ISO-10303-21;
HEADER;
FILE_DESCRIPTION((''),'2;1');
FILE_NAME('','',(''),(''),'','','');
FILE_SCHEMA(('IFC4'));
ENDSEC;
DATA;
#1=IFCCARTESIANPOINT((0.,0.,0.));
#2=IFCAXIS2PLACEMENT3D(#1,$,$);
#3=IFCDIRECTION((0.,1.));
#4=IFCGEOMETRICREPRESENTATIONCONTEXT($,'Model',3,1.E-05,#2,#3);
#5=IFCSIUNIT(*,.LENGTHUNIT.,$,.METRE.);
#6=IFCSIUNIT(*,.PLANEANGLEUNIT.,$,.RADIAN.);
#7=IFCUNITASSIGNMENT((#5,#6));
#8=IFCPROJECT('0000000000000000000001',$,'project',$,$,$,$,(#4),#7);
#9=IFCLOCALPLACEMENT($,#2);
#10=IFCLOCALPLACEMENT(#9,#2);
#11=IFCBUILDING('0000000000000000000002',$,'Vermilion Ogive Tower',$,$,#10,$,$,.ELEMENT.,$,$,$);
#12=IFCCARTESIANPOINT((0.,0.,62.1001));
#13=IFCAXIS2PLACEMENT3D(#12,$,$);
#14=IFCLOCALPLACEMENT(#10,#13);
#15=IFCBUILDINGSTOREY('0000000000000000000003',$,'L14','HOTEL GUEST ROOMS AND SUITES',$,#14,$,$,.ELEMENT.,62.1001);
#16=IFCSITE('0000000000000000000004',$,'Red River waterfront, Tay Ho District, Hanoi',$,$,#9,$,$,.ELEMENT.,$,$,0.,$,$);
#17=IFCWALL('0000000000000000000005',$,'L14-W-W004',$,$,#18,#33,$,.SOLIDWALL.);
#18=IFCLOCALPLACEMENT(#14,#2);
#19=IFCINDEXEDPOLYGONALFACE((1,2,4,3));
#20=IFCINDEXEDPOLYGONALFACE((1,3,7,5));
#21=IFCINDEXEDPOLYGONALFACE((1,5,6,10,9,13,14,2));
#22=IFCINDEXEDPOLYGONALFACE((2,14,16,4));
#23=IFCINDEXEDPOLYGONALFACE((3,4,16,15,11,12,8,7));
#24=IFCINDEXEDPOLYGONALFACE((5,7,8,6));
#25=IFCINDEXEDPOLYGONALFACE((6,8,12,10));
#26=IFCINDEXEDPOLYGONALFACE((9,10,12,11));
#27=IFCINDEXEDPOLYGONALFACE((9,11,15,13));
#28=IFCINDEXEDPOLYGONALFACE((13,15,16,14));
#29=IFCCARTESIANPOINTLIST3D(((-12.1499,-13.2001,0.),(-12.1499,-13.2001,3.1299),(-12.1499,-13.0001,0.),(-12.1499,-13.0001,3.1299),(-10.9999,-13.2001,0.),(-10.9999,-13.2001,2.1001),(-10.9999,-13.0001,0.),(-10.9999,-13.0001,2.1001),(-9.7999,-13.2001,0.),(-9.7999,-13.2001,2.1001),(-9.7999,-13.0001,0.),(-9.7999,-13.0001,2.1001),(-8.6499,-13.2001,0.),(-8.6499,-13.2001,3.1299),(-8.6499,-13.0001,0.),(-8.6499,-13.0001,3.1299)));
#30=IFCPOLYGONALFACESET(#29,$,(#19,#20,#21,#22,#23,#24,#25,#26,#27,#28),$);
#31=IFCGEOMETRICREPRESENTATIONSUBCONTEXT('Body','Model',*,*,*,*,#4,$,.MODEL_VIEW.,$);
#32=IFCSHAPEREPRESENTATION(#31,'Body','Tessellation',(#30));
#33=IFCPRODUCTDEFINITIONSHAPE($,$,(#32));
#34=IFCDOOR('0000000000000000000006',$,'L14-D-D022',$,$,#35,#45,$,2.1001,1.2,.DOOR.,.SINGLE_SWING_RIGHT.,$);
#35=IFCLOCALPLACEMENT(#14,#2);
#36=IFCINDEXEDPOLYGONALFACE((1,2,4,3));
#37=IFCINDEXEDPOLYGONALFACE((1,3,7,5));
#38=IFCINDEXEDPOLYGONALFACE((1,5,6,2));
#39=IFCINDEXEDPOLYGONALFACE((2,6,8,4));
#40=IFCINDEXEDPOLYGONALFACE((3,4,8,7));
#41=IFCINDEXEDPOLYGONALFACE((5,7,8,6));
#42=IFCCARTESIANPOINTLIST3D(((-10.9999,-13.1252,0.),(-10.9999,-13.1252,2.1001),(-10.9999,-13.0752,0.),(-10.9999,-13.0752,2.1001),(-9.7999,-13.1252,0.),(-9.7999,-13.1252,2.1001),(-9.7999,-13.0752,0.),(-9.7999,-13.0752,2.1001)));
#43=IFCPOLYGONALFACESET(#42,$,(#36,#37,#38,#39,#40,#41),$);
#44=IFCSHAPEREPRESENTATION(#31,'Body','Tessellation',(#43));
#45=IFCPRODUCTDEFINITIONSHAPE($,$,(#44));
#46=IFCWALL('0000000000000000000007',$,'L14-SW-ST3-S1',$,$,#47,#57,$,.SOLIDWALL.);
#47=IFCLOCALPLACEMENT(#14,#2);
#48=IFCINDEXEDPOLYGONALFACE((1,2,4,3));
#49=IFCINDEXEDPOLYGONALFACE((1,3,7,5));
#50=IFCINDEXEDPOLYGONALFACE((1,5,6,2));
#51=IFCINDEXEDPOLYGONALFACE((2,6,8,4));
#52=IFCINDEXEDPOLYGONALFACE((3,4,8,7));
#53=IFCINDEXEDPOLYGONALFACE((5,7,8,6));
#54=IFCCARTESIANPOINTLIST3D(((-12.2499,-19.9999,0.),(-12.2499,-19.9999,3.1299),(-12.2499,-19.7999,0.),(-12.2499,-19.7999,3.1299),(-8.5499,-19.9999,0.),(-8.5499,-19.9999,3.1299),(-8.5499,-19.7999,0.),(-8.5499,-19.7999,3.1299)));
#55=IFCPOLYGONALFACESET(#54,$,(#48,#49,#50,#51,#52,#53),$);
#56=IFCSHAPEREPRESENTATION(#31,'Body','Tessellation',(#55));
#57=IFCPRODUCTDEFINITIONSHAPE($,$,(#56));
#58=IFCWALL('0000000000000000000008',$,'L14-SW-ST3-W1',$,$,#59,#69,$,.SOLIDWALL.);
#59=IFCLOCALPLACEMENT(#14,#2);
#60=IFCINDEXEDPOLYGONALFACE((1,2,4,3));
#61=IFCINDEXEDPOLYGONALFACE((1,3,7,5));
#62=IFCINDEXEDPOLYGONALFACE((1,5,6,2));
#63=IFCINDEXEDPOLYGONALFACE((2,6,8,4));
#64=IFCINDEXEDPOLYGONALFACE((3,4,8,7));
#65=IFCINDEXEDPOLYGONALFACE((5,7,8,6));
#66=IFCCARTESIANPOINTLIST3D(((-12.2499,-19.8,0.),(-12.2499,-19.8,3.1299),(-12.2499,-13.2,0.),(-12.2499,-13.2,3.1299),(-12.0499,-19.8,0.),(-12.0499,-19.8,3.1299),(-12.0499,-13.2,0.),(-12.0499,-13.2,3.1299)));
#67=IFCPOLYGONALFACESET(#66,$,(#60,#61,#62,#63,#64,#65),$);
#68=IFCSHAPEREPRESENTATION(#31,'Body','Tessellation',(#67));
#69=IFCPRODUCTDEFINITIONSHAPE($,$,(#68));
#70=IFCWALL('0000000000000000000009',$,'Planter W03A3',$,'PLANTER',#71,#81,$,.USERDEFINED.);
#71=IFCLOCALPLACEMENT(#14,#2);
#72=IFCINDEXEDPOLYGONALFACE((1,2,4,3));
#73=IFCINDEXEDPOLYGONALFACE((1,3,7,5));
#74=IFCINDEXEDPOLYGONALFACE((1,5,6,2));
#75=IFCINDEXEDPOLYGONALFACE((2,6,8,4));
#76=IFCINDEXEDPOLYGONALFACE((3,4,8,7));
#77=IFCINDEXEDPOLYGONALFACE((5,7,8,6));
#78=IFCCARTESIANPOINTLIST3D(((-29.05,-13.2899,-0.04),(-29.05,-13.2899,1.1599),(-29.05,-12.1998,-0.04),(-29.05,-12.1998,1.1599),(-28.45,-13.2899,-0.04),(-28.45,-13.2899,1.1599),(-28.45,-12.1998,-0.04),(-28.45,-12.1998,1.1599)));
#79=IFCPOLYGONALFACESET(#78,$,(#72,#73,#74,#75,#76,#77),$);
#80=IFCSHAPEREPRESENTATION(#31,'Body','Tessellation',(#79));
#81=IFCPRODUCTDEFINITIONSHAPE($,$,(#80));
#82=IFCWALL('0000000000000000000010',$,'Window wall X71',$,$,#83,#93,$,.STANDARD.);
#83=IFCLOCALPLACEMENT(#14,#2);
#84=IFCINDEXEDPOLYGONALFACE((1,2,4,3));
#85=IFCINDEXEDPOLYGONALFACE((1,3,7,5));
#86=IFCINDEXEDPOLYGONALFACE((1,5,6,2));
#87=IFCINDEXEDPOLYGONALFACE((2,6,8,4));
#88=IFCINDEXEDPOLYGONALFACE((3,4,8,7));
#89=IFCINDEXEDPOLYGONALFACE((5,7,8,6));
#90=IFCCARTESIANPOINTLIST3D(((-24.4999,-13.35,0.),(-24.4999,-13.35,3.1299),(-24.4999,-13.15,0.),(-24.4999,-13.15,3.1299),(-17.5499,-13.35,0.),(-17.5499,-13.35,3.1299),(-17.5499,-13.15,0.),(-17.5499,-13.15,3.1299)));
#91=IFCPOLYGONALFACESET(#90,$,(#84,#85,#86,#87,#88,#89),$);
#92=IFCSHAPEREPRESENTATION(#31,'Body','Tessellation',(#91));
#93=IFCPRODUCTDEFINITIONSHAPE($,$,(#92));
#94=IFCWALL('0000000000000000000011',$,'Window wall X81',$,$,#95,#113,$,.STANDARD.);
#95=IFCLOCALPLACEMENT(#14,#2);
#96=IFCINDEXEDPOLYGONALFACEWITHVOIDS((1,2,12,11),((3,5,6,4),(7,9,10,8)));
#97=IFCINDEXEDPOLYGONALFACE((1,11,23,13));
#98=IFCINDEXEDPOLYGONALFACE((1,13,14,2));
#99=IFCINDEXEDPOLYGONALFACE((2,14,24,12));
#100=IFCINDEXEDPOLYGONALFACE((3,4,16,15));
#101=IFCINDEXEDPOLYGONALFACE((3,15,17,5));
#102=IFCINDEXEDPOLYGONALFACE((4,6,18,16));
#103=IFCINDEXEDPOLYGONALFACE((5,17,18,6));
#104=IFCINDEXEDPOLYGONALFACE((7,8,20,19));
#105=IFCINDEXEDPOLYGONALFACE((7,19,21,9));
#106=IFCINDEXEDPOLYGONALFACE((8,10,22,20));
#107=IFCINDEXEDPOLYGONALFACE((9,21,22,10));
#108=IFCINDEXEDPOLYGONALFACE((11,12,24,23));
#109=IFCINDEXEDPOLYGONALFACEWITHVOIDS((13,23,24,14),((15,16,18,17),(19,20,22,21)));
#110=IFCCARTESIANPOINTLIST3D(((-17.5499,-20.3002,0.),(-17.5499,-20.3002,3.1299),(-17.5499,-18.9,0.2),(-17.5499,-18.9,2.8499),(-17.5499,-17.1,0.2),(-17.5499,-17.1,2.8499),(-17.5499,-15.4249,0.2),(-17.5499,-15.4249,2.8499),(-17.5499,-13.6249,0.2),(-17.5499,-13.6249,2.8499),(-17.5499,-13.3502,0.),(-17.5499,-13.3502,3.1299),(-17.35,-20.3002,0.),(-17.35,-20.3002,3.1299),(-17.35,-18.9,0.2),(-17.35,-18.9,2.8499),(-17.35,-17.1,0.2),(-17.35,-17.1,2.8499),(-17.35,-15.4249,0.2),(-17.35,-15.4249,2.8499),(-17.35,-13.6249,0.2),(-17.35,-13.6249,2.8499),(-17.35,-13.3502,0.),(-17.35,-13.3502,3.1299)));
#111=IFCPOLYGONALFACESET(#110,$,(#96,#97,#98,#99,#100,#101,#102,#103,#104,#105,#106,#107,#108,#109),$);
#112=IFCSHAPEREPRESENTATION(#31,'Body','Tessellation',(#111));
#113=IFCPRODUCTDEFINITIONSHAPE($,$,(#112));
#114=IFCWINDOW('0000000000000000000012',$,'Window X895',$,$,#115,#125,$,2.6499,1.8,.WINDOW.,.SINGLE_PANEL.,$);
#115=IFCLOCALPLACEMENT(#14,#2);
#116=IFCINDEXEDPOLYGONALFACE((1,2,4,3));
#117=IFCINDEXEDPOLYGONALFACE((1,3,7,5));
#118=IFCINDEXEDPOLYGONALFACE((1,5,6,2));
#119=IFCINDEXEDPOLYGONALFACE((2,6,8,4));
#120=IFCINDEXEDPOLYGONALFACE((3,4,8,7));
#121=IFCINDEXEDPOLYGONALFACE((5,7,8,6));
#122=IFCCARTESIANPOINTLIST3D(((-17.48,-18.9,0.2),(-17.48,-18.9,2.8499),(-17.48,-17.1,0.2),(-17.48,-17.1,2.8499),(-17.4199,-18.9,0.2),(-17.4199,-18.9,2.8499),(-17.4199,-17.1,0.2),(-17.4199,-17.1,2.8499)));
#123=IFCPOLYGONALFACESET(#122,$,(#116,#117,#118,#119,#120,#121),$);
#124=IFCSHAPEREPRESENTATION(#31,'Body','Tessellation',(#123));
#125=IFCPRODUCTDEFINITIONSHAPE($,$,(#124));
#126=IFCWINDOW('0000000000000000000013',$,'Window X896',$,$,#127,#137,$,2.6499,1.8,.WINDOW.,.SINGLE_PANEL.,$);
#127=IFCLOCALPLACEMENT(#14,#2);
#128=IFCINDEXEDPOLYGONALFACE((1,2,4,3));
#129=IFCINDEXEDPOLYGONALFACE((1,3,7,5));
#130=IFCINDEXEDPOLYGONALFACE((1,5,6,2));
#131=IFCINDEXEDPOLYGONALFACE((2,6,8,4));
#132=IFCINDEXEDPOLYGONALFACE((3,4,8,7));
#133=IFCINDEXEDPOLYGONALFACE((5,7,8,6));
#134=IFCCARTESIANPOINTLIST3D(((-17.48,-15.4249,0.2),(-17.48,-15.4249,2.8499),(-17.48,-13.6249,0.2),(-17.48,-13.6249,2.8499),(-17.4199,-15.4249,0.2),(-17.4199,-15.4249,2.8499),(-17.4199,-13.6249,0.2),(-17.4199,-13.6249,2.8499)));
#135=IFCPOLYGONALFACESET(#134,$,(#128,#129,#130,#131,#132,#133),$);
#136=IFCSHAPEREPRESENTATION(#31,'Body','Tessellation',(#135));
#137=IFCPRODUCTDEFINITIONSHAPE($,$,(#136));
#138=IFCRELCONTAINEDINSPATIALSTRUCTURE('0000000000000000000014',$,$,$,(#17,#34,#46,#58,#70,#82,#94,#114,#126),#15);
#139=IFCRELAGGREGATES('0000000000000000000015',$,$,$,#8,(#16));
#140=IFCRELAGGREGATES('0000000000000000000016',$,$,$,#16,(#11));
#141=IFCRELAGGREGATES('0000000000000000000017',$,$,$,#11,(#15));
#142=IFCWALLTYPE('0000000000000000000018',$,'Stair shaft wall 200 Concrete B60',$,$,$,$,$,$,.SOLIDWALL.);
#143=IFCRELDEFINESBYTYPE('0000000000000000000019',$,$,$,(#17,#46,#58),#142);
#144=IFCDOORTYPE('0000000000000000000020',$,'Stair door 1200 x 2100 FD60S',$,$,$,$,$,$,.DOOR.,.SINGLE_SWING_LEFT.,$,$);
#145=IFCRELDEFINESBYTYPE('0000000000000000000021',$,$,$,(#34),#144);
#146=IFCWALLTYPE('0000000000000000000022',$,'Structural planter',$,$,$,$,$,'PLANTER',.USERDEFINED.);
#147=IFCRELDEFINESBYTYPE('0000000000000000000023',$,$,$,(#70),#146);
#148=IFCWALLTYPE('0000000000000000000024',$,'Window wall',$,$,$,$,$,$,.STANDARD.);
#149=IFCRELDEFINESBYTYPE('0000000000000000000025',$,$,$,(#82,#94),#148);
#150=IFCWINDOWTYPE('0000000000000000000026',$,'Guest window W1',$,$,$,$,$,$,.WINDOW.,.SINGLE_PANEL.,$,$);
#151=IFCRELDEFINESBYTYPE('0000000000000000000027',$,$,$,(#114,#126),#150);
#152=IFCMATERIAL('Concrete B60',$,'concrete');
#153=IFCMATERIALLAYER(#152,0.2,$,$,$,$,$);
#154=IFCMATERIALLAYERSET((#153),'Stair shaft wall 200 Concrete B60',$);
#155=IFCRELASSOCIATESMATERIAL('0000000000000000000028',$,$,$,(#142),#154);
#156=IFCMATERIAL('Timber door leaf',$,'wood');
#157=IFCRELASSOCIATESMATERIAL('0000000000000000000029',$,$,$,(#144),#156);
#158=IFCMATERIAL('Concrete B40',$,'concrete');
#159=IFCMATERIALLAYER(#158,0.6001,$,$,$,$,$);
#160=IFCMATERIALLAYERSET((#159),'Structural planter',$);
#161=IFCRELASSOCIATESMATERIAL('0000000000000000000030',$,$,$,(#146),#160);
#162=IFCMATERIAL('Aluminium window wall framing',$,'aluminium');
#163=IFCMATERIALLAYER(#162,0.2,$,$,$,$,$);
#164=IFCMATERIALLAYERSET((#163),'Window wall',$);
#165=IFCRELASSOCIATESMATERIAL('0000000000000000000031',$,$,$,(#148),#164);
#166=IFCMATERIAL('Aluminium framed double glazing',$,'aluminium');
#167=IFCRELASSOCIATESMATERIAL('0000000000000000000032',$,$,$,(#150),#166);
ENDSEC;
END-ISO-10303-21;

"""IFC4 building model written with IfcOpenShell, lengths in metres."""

from ifc_helpers import new_model, si_unit, direction, frame, frame_2d, origin, place, context, subcontext, project, spatial, rectangle, extrude, material, layer, layer_set, type_object, element, fill, save


model = new_model("IFC4")

# Units and contexts
model_context = context("Model", 3, precision=1e-05, world=origin(), true_north=direction((0.0, 1.0)))
body_context = subcontext(model_context, "Body", "Model", "MODEL_VIEW")
ifc_project = project(units=[si_unit("LENGTHUNIT", "METRE"), si_unit("PLANEANGLEUNIT", "RADIAN")], contexts=[model_context])

# Site, building, storey
site_placement = place(None, origin())
site = spatial("IfcSite", under=ifc_project, at=site_placement, Name="Red River waterfront, Tay Ho District, Hanoi", CompositionType="ELEMENT", RefElevation=0.0)
building_placement = place(site_placement, origin())
building = spatial("IfcBuilding", under=site, at=building_placement, Name="Vermilion Ogive Tower", CompositionType="ELEMENT")
storey_placement = place(building_placement, frame((0.0, 0.0, 62.1001)))
storey = spatial("IfcBuildingStorey", under=building, at=storey_placement, Name="L14", Description="HOTEL GUEST ROOMS AND SUITES", CompositionType="ELEMENT", Elevation=62.1001)

# Wall, opening, door
ifc_material_1 = material(Name="Concrete B60", Category="concrete")
ifc_layer_1 = layer(ifc_material_1, 0.2)
ifc_layer_set_1 = layer_set([ifc_layer_1], Name="Stair shaft wall 200 Concrete B60")
wall_type_1 = type_object("IfcWallType", Name="Stair shaft wall 200 Concrete B60", PredefinedType="SOLIDWALL", material=ifc_layer_set_1)
wall_1_placement = place(storey_placement, frame((-12.1499, -13.1001, 0.0), z_axis=(0.0, 0.0, 1.0), x_axis=(1.0, 0.0, 0.0)))
wall_1 = element("IfcWall", 1, at=wall_1_placement, inside=storey, type_object=wall_type_1, Name="L14-W-W004", PredefinedType="SOLIDWALL", context=body_context, shape_type="SweptSolid", body=[
    extrude(rectangle(XDim=3.5, YDim=0.2, at=frame_2d((1.75, 0.0))), origin(), (0.0, 0.0, 1.0), 3.1299),
])
opening_1_placement = place(wall_1_placement, frame((1.1499, 0.0, 0.0)))
opening_1 = element("IfcOpeningElement", 2, at=opening_1_placement, cuts=wall_1, PredefinedType="OPENING", context=body_context, shape_type="SweptSolid", body=[
    extrude(rectangle(XDim=1.2, YDim=2.1001, at=frame_2d((0.6001, 1.05))), frame((0.0, 0.1099, 0.0), z_axis=(0.0, -1.0, 0.0), x_axis=(1.0, 0.0, 0.0)), (0.0, 0.0, 1.0), 0.22),
])
ifc_material_2 = material(Name="Timber door leaf", Category="wood")
door_type_1 = type_object("IfcDoorType", Name="Stair door 1200 x 2100 FD60S", OperationType="SINGLE_SWING_LEFT", PredefinedType="DOOR", material=ifc_material_2)
door_1_placement = place(opening_1_placement, origin())
door_1 = element("IfcDoor", 3, at=door_1_placement, inside=storey, type_object=door_type_1, Name="L14-D-D022", OperationType="SINGLE_SWING_RIGHT", OverallHeight=2.1001, OverallWidth=1.2, PredefinedType="DOOR", context=body_context, shape_type="SweptSolid", body=[
    extrude(rectangle(XDim=1.2, YDim=2.1001, at=frame_2d((0.6001, 1.05))), frame((0.0, 0.0249, 0.0), z_axis=(0.0, -1.0, 0.0), x_axis=(1.0, 0.0, 0.0)), (0.0, 0.0, 1.0), 0.05),
])
fill(opening_1, door_1)

# Walls
wall_2_placement = place(storey_placement, frame((-12.25, -19.8999, 0.0), z_axis=(0.0, 0.0, 1.0), x_axis=(1.0, 0.0, 0.0)))
element("IfcWall", 4, at=wall_2_placement, inside=storey, type_object=wall_type_1, Name="L14-SW-ST3-S1", PredefinedType="SOLIDWALL", context=body_context, shape_type="SweptSolid", body=[
    extrude(rectangle(XDim=3.7, YDim=0.2, at=frame_2d((1.8501, 0.0))), origin(), (0.0, 0.0, 1.0), 3.1299),
])
wall_3_placement = place(storey_placement, frame((-12.1499, -19.8, 0.0), z_axis=(0.0, 0.0, 1.0), x_axis=(0.0, 1.0, 0.0)))
element("IfcWall", 5, at=wall_3_placement, inside=storey, type_object=wall_type_1, Name="L14-SW-ST3-W1", PredefinedType="SOLIDWALL", context=body_context, shape_type="SweptSolid", body=[
    extrude(rectangle(XDim=6.6001, YDim=0.2, at=frame_2d((3.3, 0.0))), origin(), (0.0, 0.0, 1.0), 3.1299),
])
ifc_material_3 = material(Name="Concrete B40", Category="concrete")
ifc_layer_2 = layer(ifc_material_3, 0.6001)
ifc_layer_set_2 = layer_set([ifc_layer_2], Name="Structural planter")
wall_type_2 = type_object("IfcWallType", Name="Structural planter", ElementType="PLANTER", PredefinedType="USERDEFINED", material=ifc_layer_set_2)
wall_4_placement = place(storey_placement, frame((-28.75, -12.2, -0.04), z_axis=(0.0, 0.0, 1.0), x_axis=(0.0, -1.0, 0.0)))
element("IfcWall", 6, at=wall_4_placement, inside=storey, type_object=wall_type_2, Name="Planter W03A3", ObjectType="PLANTER", PredefinedType="USERDEFINED", context=body_context, shape_type="SweptSolid", body=[
    extrude(rectangle(XDim=1.0901, YDim=0.6001, at=frame_2d((0.5449, 0.0))), origin(), (0.0, 0.0, 1.0), 1.2),
])
ifc_material_4 = material(Name="Aluminium window wall framing", Category="aluminium")
ifc_layer_3 = layer(ifc_material_4, 0.2)
ifc_layer_set_3 = layer_set([ifc_layer_3], Name="Window wall")
wall_type_3 = type_object("IfcWallType", Name="Window wall", PredefinedType="STANDARD", material=ifc_layer_set_3)
wall_5_placement = place(storey_placement, frame((-24.5, -13.25, 0.0), z_axis=(0.0, 0.0, 1.0), x_axis=(1.0, 0.0, 0.0)))
element("IfcWall", 7, at=wall_5_placement, inside=storey, type_object=wall_type_3, Name="Window wall X71", PredefinedType="STANDARD", context=body_context, shape_type="SweptSolid", body=[
    extrude(rectangle(XDim=6.95, YDim=0.2, at=frame_2d((3.4751, 0.0))), origin(), (0.0, 0.0, 1.0), 3.1299),
])

# Wall, openings, windows
wall_6_placement = place(storey_placement, frame((-17.45, -13.3501, 0.0), z_axis=(0.0, 0.0, 1.0), x_axis=(0.0, -1.0, 0.0)))
wall_6 = element("IfcWall", 8, at=wall_6_placement, inside=storey, type_object=wall_type_3, Name="Window wall X81", PredefinedType="STANDARD", context=body_context, shape_type="SweptSolid", body=[
    extrude(rectangle(XDim=6.95, YDim=0.2, at=frame_2d((3.4751, 0.0))), origin(), (0.0, 0.0, 1.0), 3.1299),
])
opening_2_placement = place(wall_6_placement, frame((3.75, 0.0, 0.2)))
opening_2 = element("IfcOpeningElement", 9, at=opening_2_placement, cuts=wall_6, PredefinedType="OPENING", context=body_context, shape_type="SweptSolid", body=[
    extrude(rectangle(XDim=1.8, YDim=2.6499, at=frame_2d((0.8999, 1.325))), frame((0.0, 0.1099, 0.0), z_axis=(0.0, -1.0, 0.0), x_axis=(1.0, 0.0, 0.0)), (0.0, 0.0, 1.0), 0.22),
])
opening_3_placement = place(wall_6_placement, frame((0.2749, 0.0, 0.2)))
opening_3 = element("IfcOpeningElement", 10, at=opening_3_placement, cuts=wall_6, PredefinedType="OPENING", context=body_context, shape_type="SweptSolid", body=[
    extrude(rectangle(XDim=1.8, YDim=2.6499, at=frame_2d((0.8999, 1.325))), frame((0.0, 0.1099, 0.0), z_axis=(0.0, -1.0, 0.0), x_axis=(1.0, 0.0, 0.0)), (0.0, 0.0, 1.0), 0.22),
])
ifc_material_5 = material(Name="Aluminium framed double glazing", Category="aluminium")
window_type = type_object("IfcWindowType", Name="Guest window W1", PartitioningType="SINGLE_PANEL", PredefinedType="WINDOW", material=ifc_material_5)
window_1_placement = place(opening_2_placement, origin())
window_1 = element("IfcWindow", 11, at=window_1_placement, inside=storey, type_object=window_type, Name="Window X895", OverallHeight=2.6499, OverallWidth=1.8, PartitioningType="SINGLE_PANEL", PredefinedType="WINDOW", context=body_context, shape_type="SweptSolid", body=[
    extrude(rectangle(XDim=1.8, YDim=2.6499, at=frame_2d((0.8999, 1.325))), frame((0.0, 0.03, 0.0), z_axis=(0.0, -1.0, 0.0), x_axis=(1.0, 0.0, 0.0)), (0.0, 0.0, 1.0), 0.0601),
])
fill(opening_2, window_1)
window_2_placement = place(opening_3_placement, origin())
window_2 = element("IfcWindow", 12, at=window_2_placement, inside=storey, type_object=window_type, Name="Window X896", OverallHeight=2.6499, OverallWidth=1.8, PartitioningType="SINGLE_PANEL", PredefinedType="WINDOW", context=body_context, shape_type="SweptSolid", body=[
    extrude(rectangle(XDim=1.8, YDim=2.6499, at=frame_2d((0.8999, 1.325))), frame((0.0, 0.03, 0.0), z_axis=(0.0, -1.0, 0.0), x_axis=(1.0, 0.0, 0.0)), (0.0, 0.0, 1.0), 0.0601),
])
fill(opening_3, window_2)

save(model, "model.ifc")
